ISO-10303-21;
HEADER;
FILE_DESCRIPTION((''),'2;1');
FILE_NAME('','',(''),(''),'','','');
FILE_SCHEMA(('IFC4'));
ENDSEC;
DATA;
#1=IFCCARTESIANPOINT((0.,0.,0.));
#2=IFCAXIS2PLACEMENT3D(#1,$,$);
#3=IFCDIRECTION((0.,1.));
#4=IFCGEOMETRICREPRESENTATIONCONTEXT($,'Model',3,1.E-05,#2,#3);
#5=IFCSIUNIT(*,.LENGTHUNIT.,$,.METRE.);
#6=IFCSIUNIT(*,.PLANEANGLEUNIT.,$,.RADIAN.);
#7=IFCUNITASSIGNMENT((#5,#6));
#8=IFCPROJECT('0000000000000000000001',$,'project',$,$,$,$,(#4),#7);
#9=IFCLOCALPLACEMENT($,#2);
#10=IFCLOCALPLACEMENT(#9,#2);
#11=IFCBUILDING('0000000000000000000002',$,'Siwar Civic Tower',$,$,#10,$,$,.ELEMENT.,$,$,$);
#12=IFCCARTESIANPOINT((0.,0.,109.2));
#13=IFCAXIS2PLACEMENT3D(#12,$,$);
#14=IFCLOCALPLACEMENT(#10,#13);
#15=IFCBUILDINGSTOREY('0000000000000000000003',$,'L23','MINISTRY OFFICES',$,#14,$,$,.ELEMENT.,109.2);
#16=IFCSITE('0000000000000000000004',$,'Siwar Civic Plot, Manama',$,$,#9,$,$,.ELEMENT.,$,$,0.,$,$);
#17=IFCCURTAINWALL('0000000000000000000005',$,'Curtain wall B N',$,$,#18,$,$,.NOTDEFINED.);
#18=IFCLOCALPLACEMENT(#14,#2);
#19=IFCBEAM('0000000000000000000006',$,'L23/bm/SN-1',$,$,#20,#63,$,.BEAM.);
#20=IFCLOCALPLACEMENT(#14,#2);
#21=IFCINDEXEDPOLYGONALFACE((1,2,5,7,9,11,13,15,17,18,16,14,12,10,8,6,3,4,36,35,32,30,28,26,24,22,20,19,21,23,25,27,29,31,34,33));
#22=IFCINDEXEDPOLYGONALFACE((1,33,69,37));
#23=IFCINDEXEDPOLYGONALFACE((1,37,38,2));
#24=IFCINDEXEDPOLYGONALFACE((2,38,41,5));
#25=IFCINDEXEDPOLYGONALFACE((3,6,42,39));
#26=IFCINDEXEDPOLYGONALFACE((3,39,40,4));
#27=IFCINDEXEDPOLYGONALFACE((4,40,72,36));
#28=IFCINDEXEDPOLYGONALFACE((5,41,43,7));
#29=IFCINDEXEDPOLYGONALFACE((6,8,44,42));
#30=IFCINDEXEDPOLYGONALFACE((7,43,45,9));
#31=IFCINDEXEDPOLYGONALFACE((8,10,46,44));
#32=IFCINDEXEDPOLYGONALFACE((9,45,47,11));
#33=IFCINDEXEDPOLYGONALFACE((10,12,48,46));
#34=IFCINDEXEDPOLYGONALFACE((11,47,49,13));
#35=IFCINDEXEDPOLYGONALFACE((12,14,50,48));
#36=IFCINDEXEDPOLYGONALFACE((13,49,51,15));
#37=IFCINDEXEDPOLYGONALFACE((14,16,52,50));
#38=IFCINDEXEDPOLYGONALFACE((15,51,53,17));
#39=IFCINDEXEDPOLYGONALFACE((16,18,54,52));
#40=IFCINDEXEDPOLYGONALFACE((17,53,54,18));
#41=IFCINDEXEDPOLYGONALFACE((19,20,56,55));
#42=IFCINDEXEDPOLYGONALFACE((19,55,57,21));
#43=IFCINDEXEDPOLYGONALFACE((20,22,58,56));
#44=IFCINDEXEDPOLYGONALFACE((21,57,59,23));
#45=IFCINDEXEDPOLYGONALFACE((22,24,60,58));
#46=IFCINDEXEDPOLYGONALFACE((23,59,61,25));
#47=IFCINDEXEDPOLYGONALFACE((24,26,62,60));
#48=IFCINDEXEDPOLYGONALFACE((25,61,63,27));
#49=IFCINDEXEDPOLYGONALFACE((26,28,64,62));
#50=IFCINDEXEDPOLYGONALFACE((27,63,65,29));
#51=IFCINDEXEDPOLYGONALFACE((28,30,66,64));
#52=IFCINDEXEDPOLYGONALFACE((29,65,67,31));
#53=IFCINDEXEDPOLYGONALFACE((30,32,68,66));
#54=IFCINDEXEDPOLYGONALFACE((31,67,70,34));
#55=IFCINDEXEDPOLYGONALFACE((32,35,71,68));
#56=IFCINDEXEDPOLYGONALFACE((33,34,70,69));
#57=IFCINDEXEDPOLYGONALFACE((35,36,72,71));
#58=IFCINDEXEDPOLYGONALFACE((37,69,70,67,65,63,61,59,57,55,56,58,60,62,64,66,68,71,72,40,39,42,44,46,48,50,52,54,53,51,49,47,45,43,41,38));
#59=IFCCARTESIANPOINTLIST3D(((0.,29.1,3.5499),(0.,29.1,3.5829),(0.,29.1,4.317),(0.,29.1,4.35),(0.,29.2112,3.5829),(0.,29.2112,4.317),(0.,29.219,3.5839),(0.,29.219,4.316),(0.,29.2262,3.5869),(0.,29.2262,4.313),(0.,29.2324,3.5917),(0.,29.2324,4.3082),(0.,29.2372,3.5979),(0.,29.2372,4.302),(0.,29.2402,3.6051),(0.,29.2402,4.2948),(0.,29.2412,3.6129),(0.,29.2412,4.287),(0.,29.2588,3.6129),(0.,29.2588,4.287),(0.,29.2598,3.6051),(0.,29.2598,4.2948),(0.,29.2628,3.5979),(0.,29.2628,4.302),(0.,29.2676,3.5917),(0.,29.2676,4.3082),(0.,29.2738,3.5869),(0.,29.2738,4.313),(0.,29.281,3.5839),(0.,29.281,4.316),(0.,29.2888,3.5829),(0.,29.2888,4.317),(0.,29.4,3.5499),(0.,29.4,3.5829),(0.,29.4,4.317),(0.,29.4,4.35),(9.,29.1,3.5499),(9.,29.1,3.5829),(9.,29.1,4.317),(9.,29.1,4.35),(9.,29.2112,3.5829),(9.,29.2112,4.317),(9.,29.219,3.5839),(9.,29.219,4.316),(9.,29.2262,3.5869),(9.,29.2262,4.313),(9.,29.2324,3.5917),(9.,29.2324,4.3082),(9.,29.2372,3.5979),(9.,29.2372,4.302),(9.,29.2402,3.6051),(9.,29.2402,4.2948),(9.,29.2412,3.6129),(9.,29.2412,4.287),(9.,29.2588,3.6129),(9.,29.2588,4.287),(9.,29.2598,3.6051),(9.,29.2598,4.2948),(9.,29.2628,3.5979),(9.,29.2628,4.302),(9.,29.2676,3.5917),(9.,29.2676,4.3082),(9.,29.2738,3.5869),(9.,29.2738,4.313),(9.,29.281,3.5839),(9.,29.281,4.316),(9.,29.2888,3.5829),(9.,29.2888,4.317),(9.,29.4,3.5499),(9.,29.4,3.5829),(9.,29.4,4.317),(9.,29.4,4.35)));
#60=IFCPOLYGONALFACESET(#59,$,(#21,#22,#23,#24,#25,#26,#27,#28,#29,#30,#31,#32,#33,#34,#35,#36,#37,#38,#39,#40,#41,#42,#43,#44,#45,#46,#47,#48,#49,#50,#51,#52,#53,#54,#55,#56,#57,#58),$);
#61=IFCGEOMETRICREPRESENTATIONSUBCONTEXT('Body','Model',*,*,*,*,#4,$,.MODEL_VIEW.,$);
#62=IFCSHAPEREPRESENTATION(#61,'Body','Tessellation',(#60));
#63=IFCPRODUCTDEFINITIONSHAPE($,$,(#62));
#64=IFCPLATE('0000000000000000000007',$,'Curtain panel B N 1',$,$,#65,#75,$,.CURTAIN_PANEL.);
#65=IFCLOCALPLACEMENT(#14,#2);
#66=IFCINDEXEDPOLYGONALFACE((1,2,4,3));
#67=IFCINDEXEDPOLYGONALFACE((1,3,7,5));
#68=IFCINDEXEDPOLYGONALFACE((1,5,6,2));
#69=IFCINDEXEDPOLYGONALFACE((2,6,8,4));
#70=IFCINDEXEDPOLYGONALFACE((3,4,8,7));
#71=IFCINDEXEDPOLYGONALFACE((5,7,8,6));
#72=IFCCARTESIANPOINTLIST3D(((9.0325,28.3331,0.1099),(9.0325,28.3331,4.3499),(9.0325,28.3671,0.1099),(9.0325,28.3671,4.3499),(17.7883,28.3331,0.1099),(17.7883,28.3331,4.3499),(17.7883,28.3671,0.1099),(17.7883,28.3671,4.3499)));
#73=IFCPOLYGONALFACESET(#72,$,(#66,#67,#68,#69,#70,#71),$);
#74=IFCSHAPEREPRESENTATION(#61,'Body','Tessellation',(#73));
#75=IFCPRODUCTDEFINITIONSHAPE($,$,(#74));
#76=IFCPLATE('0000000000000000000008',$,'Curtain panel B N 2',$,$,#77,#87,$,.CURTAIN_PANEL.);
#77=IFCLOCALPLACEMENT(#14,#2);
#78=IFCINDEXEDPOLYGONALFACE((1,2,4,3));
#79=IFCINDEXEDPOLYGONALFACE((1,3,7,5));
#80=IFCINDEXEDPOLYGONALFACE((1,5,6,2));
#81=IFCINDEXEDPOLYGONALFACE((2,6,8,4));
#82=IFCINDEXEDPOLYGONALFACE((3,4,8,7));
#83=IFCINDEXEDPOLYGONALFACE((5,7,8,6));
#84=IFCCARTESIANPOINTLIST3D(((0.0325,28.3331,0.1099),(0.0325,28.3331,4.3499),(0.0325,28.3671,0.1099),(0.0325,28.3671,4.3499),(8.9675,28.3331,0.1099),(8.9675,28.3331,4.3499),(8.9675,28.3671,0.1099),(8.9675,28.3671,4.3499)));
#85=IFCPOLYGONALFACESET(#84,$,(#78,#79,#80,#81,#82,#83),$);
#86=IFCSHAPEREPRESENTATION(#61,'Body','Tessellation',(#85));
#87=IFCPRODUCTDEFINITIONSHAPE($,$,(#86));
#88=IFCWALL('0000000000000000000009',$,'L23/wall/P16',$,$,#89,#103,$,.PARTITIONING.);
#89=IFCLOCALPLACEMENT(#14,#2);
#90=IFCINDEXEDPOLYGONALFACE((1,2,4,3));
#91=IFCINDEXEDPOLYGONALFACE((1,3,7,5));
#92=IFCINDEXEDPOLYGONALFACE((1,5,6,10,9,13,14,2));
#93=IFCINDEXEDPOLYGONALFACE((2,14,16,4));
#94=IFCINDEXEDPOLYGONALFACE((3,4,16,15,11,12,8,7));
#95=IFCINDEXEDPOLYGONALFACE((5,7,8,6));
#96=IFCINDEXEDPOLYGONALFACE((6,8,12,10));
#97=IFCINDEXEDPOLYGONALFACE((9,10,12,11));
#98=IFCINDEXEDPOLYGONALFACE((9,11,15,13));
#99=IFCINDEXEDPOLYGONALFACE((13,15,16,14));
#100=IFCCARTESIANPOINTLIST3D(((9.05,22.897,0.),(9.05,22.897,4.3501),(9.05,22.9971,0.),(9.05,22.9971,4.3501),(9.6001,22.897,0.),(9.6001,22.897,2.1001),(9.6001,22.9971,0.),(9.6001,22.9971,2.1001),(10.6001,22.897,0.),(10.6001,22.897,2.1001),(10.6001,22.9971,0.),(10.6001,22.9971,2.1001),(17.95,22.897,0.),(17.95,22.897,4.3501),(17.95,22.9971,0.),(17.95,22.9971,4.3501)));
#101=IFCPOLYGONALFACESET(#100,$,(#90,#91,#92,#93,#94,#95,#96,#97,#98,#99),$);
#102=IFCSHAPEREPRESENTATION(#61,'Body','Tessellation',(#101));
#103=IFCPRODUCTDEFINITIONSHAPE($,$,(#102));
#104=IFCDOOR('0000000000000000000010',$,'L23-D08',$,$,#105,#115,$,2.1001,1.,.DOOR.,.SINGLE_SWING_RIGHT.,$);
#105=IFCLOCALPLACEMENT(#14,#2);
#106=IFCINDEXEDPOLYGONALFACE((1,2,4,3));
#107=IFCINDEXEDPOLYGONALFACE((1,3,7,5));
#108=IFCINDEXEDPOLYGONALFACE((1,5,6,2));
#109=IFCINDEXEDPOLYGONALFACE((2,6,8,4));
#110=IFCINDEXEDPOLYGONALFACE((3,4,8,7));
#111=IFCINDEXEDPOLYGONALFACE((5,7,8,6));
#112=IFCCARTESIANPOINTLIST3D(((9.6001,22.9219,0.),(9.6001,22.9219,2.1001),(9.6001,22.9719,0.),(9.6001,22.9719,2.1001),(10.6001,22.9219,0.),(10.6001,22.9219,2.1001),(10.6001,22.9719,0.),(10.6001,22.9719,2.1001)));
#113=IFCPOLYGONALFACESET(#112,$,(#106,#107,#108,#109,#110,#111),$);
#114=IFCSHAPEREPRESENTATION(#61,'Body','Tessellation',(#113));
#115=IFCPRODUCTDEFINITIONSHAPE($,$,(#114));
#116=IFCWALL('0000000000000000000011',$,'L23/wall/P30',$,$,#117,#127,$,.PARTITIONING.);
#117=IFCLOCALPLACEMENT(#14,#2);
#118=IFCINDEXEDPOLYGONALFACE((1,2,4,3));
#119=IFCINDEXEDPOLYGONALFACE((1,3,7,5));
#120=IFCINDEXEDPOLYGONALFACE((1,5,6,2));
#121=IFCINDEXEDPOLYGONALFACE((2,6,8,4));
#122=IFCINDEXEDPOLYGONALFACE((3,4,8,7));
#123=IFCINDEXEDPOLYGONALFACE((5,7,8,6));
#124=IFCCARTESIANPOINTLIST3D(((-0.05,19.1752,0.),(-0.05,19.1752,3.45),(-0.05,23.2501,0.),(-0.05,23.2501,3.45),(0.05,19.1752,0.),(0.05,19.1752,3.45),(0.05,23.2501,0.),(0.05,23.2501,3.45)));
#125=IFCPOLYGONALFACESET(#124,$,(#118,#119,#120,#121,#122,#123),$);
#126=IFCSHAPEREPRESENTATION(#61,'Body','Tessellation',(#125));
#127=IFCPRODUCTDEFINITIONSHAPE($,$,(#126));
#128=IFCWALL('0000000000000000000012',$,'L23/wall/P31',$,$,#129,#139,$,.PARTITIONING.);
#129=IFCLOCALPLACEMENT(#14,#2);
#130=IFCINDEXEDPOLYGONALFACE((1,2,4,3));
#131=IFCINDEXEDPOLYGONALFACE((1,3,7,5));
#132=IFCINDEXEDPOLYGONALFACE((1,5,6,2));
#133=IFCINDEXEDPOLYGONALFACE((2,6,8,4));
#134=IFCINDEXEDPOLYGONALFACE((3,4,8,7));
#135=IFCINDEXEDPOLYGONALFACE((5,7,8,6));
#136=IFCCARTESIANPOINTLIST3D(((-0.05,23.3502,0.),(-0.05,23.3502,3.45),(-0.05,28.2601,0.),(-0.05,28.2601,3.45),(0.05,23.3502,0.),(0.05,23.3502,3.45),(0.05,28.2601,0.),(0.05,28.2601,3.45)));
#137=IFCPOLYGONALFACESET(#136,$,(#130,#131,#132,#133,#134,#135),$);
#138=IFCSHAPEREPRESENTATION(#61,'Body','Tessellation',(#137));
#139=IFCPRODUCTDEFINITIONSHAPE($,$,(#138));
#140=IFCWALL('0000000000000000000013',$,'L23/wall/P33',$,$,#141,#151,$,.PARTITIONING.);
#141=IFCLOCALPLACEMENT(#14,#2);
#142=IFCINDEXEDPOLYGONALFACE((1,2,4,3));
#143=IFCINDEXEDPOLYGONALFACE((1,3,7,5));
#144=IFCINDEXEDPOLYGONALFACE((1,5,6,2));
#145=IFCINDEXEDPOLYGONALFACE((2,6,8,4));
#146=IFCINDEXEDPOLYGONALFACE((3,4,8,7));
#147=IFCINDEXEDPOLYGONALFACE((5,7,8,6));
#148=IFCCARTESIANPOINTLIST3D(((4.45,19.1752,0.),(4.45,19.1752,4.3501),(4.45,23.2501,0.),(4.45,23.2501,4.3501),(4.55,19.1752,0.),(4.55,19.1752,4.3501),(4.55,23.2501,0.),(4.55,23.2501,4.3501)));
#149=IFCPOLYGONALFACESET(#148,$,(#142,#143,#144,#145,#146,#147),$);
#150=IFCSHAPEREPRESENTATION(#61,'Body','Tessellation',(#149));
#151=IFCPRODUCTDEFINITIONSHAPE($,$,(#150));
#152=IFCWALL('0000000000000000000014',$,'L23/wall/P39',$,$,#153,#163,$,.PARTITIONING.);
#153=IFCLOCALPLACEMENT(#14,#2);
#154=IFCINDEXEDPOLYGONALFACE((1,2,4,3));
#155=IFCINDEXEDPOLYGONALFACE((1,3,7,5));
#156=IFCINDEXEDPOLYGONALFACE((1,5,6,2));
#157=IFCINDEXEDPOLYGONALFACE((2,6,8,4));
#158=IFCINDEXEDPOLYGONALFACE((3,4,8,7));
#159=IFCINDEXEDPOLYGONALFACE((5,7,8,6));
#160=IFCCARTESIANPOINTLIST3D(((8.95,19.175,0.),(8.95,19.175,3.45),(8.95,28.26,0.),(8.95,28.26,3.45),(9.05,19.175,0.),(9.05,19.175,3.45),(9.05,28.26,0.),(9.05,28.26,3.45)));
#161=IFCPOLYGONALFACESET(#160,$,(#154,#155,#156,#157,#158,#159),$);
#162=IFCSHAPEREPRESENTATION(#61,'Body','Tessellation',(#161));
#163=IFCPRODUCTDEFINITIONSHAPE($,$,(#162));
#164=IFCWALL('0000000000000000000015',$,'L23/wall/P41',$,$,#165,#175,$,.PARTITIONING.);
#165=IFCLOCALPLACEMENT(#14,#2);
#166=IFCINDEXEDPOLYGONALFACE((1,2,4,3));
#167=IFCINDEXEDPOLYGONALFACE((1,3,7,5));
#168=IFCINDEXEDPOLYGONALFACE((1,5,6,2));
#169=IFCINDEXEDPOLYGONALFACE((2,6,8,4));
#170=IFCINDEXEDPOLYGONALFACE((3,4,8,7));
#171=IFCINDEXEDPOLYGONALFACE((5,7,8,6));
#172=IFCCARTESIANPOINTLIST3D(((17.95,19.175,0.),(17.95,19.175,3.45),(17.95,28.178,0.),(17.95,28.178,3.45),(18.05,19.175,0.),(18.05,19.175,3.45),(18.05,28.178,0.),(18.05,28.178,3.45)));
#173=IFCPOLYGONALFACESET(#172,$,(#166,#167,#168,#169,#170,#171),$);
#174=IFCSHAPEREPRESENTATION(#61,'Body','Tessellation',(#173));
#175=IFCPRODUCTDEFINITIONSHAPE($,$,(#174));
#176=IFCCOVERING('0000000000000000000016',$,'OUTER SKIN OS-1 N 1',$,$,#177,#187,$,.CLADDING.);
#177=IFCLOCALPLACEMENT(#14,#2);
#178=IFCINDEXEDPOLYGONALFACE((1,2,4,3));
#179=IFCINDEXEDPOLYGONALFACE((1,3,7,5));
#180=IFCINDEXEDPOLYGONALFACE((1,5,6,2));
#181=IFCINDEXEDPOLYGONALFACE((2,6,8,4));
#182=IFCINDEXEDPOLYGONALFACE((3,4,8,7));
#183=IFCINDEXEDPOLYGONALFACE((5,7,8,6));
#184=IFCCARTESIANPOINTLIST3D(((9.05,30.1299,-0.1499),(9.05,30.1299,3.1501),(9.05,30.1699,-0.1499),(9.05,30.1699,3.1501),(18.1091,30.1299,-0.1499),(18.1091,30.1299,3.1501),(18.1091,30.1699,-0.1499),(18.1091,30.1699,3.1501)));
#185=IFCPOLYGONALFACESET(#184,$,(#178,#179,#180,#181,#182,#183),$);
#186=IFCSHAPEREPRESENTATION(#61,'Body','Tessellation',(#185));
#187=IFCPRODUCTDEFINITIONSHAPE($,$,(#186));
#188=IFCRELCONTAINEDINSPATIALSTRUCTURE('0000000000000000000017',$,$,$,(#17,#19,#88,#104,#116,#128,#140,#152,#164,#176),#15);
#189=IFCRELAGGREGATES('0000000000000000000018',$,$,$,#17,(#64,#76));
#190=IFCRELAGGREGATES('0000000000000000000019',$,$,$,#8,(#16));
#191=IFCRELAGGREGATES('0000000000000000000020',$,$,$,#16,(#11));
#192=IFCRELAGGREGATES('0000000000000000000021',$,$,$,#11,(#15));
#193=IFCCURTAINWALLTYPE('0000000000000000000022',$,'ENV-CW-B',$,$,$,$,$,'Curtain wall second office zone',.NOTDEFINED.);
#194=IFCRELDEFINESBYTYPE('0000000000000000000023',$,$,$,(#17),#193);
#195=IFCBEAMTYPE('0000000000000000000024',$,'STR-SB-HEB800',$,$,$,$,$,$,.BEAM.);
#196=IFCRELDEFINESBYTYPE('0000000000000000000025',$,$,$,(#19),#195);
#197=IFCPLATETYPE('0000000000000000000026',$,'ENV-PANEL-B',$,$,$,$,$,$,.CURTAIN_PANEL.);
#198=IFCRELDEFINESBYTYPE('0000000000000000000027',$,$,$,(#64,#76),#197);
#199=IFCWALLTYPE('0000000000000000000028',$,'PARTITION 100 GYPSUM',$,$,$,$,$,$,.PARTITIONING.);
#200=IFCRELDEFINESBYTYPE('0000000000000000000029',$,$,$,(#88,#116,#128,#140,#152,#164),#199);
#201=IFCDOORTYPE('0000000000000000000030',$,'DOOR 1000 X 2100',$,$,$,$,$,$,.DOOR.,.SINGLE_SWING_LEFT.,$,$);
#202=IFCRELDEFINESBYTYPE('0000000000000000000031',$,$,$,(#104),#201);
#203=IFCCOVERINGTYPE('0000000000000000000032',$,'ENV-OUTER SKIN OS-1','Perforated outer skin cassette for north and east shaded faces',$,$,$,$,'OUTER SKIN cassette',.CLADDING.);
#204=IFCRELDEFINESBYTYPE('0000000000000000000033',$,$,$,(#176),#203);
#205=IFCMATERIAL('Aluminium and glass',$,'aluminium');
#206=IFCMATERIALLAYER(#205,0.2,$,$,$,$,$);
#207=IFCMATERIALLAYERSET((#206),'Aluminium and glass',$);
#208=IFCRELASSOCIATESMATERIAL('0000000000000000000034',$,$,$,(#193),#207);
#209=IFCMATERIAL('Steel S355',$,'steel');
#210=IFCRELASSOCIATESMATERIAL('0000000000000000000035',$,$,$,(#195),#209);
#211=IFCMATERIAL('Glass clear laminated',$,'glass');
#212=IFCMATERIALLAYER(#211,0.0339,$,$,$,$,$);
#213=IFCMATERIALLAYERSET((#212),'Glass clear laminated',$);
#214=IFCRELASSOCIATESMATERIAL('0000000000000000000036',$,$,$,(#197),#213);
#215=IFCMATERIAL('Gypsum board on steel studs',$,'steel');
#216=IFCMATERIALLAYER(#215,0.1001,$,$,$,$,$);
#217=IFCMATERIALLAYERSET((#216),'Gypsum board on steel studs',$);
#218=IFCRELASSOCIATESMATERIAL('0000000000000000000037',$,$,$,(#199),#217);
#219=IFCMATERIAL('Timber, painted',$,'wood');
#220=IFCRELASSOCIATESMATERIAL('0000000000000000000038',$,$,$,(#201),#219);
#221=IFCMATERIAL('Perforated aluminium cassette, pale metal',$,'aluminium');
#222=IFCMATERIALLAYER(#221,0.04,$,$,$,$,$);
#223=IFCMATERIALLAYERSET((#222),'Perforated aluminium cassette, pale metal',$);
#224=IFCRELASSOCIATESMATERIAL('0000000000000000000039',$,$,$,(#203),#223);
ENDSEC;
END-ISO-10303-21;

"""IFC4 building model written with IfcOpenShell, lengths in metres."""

from ifc_helpers import new_model, si_unit, direction, frame, frame_2d, origin, origin_2d, place, context, subcontext, project, spatial, rectangle, i_section, extrude, material, layer, layer_set, material_profile, profile_set, type_object, element, fill, aggregate, save


model = new_model("IFC4")

# Units and contexts
model_context = context("Model", 3, precision=1e-05, world=origin(), true_north=direction((0.0, 1.0)))
body_context = subcontext(model_context, "Body", "Model", "MODEL_VIEW")
ifc_project = project(units=[si_unit("LENGTHUNIT", "METRE"), si_unit("PLANEANGLEUNIT", "RADIAN")], contexts=[model_context])

# Site, building, storey
site_placement = place(None, origin())
site = spatial("IfcSite", under=ifc_project, at=site_placement, Name="Siwar Civic Plot, Manama", CompositionType="ELEMENT", RefElevation=0.0)
building_placement = place(site_placement, origin())
building = spatial("IfcBuilding", under=site, at=building_placement, Name="Siwar Civic Tower", CompositionType="ELEMENT")
storey_placement = place(building_placement, frame((0.0, 0.0, 109.2)))
storey = spatial("IfcBuildingStorey", under=building, at=storey_placement, Name="L23", Description="MINISTRY OFFICES", CompositionType="ELEMENT", Elevation=109.2)

# Curtain wall
ifc_material_1 = material(Name="Aluminium and glass", Category="aluminium")
ifc_layer_1 = layer(ifc_material_1, 0.2)
ifc_layer_set_1 = layer_set([ifc_layer_1], Name="Aluminium and glass")
curtain_wall_type = type_object("IfcCurtainWallType", Name="ENV-CW-B", ElementType="Curtain wall second office zone", PredefinedType="NOTDEFINED", material=ifc_layer_set_1)
curtain_wall_placement = place(storey_placement, origin())
curtain_wall = element("IfcCurtainWall", 1, at=curtain_wall_placement, inside=storey, type_object=curtain_wall_type, Name="Curtain wall B N", PredefinedType="NOTDEFINED")

# Beam
ifc_material_2 = material(Name="Steel S355", Category="steel")
ifc_material_profile_1 = material_profile(ifc_material_2, i_section(OverallWidth=0.3, OverallDepth=0.8, WebThickness=0.0176, FlangeThickness=0.033, FilletRadius=0.03, at=origin_2d()), Name="HEB800")
ifc_profile_set_1 = profile_set([ifc_material_profile_1], Name="Steel S355")
beam_type_1 = type_object("IfcBeamType", Name="STR-SB-HEB800", PredefinedType="BEAM", material=ifc_profile_set_1)
beam_placement = place(storey_placement, frame((9.0, 29.25, 3.95), z_axis=(-1.0, 0.0, 0.0), x_axis=(0.0, -1.0, 0.0)))
element("IfcBeam", 2, at=beam_placement, inside=storey, type_object=beam_type_1, Name="L23/bm/SN-1", PredefinedType="BEAM", context=body_context, shape_type="SweptSolid", body=[
    extrude(i_section(OverallWidth=0.3, OverallDepth=0.8, WebThickness=0.0176, FlangeThickness=0.033, FilletRadius=0.03, at=origin_2d()), origin(), (0.0, 0.0, 1.0), 9.0),
])

# Plates
ifc_material_3 = material(Name="Glass clear laminated", Category="glass")
ifc_layer_2 = layer(ifc_material_3, 0.0339)
ifc_layer_set_2 = layer_set([ifc_layer_2], Name="Glass clear laminated")
plate_type = type_object("IfcPlateType", Name="ENV-PANEL-B", PredefinedType="CURTAIN_PANEL", material=ifc_layer_set_2)
plate_1_placement = place(storey_placement, frame((13.4104, 28.3501, 0.1099), z_axis=(0.0, 0.0, 1.0), x_axis=(-1.0, 0.0, 0.0)))
plate_1 = element("IfcPlate", 3, at=plate_1_placement, type_object=plate_type, Name="Curtain panel B N 1", PredefinedType="CURTAIN_PANEL", context=body_context, shape_type="SweptSolid", body=[
    extrude(rectangle(XDim=8.7559, YDim=0.0339, at=origin_2d()), origin(), (0.0, 0.0, 1.0), 4.24),
])
plate_2_placement = place(storey_placement, frame((4.5, 28.3501, 0.1099), z_axis=(0.0, 0.0, 1.0), x_axis=(-1.0, 0.0, 0.0)))
plate_2 = element("IfcPlate", 4, at=plate_2_placement, type_object=plate_type, Name="Curtain panel B N 2", PredefinedType="CURTAIN_PANEL", context=body_context, shape_type="SweptSolid", body=[
    extrude(rectangle(XDim=8.9351, YDim=0.0339, at=origin_2d()), origin(), (0.0, 0.0, 1.0), 4.24),
])
aggregate(curtain_wall, [plate_1, plate_2])

# Wall, opening, door
ifc_material_4 = material(Name="Gypsum board on steel studs", Category="steel")
ifc_layer_3 = layer(ifc_material_4, 0.1001)
ifc_layer_set_3 = layer_set([ifc_layer_3], Name="Gypsum board on steel studs")
wall_type = type_object("IfcWallType", Name="PARTITION 100 GYPSUM", PredefinedType="PARTITIONING", material=ifc_layer_set_3)
wall_1_placement = place(storey_placement, frame((9.05, 22.947, 0.0), z_axis=(0.0, 0.0, 1.0), x_axis=(1.0, 0.0, 0.0)))
wall_1 = element("IfcWall", 5, at=wall_1_placement, inside=storey, type_object=wall_type, Name="L23/wall/P16", PredefinedType="PARTITIONING", context=body_context, shape_type="SweptSolid", body=[
    extrude(rectangle(XDim=8.8999, YDim=0.1001, at=frame_2d((4.45, 0.0))), origin(), (0.0, 0.0, 1.0), 4.3501),
])
opening_placement = place(wall_1_placement, frame((0.55, 0.0, 0.0)))
opening = element("IfcOpeningElement", 6, at=opening_placement, cuts=wall_1, PredefinedType="OPENING", context=body_context, shape_type="SweptSolid", body=[
    extrude(rectangle(XDim=1.0, YDim=2.1001, at=frame_2d((0.5, 1.05))), frame((0.0, 0.0601, 0.0), z_axis=(0.0, -1.0, 0.0), x_axis=(1.0, 0.0, 0.0)), (0.0, 0.0, 1.0), 0.1201),
])
ifc_material_5 = material(Name="Timber, painted", Category="wood")
door_type = type_object("IfcDoorType", Name="DOOR 1000 X 2100", OperationType="SINGLE_SWING_LEFT", PredefinedType="DOOR", material=ifc_material_5)
door_placement = place(opening_placement, origin())
door = element("IfcDoor", 7, at=door_placement, inside=storey, type_object=door_type, Name="L23-D08", OperationType="SINGLE_SWING_RIGHT", OverallHeight=2.1001, OverallWidth=1.0, PredefinedType="DOOR", context=body_context, shape_type="SweptSolid", body=[
    extrude(rectangle(XDim=1.0, YDim=2.1001, at=frame_2d((0.5, 1.05))), frame((0.0, 0.0249, 0.0), z_axis=(0.0, -1.0, 0.0), x_axis=(1.0, 0.0, 0.0)), (0.0, 0.0, 1.0), 0.05),
])
fill(opening, door)

# Walls
wall_2_placement = place(storey_placement, frame((0.0, 19.175, 0.0), z_axis=(0.0, 0.0, 1.0), x_axis=(0.0, 1.0, 0.0)))
element("IfcWall", 8, at=wall_2_placement, inside=storey, type_object=wall_type, Name="L23/wall/P30", PredefinedType="PARTITIONING", context=body_context, shape_type="SweptSolid", body=[
    extrude(rectangle(XDim=4.075, YDim=0.1001, at=frame_2d((2.0376, 0.0))), origin(), (0.0, 0.0, 1.0), 3.45),
])
wall_3_placement = place(storey_placement, frame((0.0, 23.3501, 0.0), z_axis=(0.0, 0.0, 1.0), x_axis=(0.0, 1.0, 0.0)))
element("IfcWall", 9, at=wall_3_placement, inside=storey, type_object=wall_type, Name="L23/wall/P31", PredefinedType="PARTITIONING", context=body_context, shape_type="SweptSolid", body=[
    extrude(rectangle(XDim=4.9099, YDim=0.1001, at=frame_2d((2.4551, 0.0))), origin(), (0.0, 0.0, 1.0), 3.45),
])
wall_4_placement = place(storey_placement, frame((4.5, 19.175, 0.0), z_axis=(0.0, 0.0, 1.0), x_axis=(0.0, 1.0, 0.0)))
element("IfcWall", 10, at=wall_4_placement, inside=storey, type_object=wall_type, Name="L23/wall/P33", PredefinedType="PARTITIONING", context=body_context, shape_type="SweptSolid", body=[
    extrude(rectangle(XDim=4.075, YDim=0.1001, at=frame_2d((2.0376, 0.0))), origin(), (0.0, 0.0, 1.0), 4.3501),
])
wall_5_placement = place(storey_placement, frame((9.0, 19.175, 0.0), z_axis=(0.0, 0.0, 1.0), x_axis=(0.0, 1.0, 0.0)))
element("IfcWall", 11, at=wall_5_placement, inside=storey, type_object=wall_type, Name="L23/wall/P39", PredefinedType="PARTITIONING", context=body_context, shape_type="SweptSolid", body=[
    extrude(rectangle(XDim=9.085, YDim=0.1001, at=frame_2d((4.5425, 0.0))), origin(), (0.0, 0.0, 1.0), 3.45),
])
wall_6_placement = place(storey_placement, frame((18.0, 19.175, 0.0), z_axis=(0.0, 0.0, 1.0), x_axis=(0.0, 1.0, 0.0)))
element("IfcWall", 12, at=wall_6_placement, inside=storey, type_object=wall_type, Name="L23/wall/P41", PredefinedType="PARTITIONING", context=body_context, shape_type="SweptSolid", body=[
    extrude(rectangle(XDim=9.0029, YDim=0.1001, at=frame_2d((4.5015, 0.0))), origin(), (0.0, 0.0, 1.0), 3.45),
])

# Covering
ifc_material_6 = material(Name="Perforated aluminium cassette, pale metal", Category="aluminium")
ifc_layer_4 = layer(ifc_material_6, 0.04)
ifc_layer_set_4 = layer_set([ifc_layer_4], Name="Perforated aluminium cassette, pale metal")
covering_type = type_object("IfcCoveringType", Name="ENV-OUTER SKIN OS-1", Description="Perforated outer skin cassette for north and east shaded faces", ElementType="OUTER SKIN cassette", PredefinedType="CLADDING", material=ifc_layer_set_4)
covering_1_placement = place(storey_placement, frame((13.5796, 30.1499, -0.1499), z_axis=(0.0, 0.0, 1.0), x_axis=(-1.0, 0.0, 0.0)))
element("IfcCovering", 13, at=covering_1_placement, inside=storey, type_object=covering_type, Name="OUTER SKIN OS-1 N 1", PredefinedType="CLADDING", context=body_context, shape_type="SweptSolid", body=[
    extrude(rectangle(XDim=9.0591, YDim=0.04, at=origin_2d()), origin(), (0.0, 0.0, 1.0), 3.3),
])

save(model, "model.ifc")
